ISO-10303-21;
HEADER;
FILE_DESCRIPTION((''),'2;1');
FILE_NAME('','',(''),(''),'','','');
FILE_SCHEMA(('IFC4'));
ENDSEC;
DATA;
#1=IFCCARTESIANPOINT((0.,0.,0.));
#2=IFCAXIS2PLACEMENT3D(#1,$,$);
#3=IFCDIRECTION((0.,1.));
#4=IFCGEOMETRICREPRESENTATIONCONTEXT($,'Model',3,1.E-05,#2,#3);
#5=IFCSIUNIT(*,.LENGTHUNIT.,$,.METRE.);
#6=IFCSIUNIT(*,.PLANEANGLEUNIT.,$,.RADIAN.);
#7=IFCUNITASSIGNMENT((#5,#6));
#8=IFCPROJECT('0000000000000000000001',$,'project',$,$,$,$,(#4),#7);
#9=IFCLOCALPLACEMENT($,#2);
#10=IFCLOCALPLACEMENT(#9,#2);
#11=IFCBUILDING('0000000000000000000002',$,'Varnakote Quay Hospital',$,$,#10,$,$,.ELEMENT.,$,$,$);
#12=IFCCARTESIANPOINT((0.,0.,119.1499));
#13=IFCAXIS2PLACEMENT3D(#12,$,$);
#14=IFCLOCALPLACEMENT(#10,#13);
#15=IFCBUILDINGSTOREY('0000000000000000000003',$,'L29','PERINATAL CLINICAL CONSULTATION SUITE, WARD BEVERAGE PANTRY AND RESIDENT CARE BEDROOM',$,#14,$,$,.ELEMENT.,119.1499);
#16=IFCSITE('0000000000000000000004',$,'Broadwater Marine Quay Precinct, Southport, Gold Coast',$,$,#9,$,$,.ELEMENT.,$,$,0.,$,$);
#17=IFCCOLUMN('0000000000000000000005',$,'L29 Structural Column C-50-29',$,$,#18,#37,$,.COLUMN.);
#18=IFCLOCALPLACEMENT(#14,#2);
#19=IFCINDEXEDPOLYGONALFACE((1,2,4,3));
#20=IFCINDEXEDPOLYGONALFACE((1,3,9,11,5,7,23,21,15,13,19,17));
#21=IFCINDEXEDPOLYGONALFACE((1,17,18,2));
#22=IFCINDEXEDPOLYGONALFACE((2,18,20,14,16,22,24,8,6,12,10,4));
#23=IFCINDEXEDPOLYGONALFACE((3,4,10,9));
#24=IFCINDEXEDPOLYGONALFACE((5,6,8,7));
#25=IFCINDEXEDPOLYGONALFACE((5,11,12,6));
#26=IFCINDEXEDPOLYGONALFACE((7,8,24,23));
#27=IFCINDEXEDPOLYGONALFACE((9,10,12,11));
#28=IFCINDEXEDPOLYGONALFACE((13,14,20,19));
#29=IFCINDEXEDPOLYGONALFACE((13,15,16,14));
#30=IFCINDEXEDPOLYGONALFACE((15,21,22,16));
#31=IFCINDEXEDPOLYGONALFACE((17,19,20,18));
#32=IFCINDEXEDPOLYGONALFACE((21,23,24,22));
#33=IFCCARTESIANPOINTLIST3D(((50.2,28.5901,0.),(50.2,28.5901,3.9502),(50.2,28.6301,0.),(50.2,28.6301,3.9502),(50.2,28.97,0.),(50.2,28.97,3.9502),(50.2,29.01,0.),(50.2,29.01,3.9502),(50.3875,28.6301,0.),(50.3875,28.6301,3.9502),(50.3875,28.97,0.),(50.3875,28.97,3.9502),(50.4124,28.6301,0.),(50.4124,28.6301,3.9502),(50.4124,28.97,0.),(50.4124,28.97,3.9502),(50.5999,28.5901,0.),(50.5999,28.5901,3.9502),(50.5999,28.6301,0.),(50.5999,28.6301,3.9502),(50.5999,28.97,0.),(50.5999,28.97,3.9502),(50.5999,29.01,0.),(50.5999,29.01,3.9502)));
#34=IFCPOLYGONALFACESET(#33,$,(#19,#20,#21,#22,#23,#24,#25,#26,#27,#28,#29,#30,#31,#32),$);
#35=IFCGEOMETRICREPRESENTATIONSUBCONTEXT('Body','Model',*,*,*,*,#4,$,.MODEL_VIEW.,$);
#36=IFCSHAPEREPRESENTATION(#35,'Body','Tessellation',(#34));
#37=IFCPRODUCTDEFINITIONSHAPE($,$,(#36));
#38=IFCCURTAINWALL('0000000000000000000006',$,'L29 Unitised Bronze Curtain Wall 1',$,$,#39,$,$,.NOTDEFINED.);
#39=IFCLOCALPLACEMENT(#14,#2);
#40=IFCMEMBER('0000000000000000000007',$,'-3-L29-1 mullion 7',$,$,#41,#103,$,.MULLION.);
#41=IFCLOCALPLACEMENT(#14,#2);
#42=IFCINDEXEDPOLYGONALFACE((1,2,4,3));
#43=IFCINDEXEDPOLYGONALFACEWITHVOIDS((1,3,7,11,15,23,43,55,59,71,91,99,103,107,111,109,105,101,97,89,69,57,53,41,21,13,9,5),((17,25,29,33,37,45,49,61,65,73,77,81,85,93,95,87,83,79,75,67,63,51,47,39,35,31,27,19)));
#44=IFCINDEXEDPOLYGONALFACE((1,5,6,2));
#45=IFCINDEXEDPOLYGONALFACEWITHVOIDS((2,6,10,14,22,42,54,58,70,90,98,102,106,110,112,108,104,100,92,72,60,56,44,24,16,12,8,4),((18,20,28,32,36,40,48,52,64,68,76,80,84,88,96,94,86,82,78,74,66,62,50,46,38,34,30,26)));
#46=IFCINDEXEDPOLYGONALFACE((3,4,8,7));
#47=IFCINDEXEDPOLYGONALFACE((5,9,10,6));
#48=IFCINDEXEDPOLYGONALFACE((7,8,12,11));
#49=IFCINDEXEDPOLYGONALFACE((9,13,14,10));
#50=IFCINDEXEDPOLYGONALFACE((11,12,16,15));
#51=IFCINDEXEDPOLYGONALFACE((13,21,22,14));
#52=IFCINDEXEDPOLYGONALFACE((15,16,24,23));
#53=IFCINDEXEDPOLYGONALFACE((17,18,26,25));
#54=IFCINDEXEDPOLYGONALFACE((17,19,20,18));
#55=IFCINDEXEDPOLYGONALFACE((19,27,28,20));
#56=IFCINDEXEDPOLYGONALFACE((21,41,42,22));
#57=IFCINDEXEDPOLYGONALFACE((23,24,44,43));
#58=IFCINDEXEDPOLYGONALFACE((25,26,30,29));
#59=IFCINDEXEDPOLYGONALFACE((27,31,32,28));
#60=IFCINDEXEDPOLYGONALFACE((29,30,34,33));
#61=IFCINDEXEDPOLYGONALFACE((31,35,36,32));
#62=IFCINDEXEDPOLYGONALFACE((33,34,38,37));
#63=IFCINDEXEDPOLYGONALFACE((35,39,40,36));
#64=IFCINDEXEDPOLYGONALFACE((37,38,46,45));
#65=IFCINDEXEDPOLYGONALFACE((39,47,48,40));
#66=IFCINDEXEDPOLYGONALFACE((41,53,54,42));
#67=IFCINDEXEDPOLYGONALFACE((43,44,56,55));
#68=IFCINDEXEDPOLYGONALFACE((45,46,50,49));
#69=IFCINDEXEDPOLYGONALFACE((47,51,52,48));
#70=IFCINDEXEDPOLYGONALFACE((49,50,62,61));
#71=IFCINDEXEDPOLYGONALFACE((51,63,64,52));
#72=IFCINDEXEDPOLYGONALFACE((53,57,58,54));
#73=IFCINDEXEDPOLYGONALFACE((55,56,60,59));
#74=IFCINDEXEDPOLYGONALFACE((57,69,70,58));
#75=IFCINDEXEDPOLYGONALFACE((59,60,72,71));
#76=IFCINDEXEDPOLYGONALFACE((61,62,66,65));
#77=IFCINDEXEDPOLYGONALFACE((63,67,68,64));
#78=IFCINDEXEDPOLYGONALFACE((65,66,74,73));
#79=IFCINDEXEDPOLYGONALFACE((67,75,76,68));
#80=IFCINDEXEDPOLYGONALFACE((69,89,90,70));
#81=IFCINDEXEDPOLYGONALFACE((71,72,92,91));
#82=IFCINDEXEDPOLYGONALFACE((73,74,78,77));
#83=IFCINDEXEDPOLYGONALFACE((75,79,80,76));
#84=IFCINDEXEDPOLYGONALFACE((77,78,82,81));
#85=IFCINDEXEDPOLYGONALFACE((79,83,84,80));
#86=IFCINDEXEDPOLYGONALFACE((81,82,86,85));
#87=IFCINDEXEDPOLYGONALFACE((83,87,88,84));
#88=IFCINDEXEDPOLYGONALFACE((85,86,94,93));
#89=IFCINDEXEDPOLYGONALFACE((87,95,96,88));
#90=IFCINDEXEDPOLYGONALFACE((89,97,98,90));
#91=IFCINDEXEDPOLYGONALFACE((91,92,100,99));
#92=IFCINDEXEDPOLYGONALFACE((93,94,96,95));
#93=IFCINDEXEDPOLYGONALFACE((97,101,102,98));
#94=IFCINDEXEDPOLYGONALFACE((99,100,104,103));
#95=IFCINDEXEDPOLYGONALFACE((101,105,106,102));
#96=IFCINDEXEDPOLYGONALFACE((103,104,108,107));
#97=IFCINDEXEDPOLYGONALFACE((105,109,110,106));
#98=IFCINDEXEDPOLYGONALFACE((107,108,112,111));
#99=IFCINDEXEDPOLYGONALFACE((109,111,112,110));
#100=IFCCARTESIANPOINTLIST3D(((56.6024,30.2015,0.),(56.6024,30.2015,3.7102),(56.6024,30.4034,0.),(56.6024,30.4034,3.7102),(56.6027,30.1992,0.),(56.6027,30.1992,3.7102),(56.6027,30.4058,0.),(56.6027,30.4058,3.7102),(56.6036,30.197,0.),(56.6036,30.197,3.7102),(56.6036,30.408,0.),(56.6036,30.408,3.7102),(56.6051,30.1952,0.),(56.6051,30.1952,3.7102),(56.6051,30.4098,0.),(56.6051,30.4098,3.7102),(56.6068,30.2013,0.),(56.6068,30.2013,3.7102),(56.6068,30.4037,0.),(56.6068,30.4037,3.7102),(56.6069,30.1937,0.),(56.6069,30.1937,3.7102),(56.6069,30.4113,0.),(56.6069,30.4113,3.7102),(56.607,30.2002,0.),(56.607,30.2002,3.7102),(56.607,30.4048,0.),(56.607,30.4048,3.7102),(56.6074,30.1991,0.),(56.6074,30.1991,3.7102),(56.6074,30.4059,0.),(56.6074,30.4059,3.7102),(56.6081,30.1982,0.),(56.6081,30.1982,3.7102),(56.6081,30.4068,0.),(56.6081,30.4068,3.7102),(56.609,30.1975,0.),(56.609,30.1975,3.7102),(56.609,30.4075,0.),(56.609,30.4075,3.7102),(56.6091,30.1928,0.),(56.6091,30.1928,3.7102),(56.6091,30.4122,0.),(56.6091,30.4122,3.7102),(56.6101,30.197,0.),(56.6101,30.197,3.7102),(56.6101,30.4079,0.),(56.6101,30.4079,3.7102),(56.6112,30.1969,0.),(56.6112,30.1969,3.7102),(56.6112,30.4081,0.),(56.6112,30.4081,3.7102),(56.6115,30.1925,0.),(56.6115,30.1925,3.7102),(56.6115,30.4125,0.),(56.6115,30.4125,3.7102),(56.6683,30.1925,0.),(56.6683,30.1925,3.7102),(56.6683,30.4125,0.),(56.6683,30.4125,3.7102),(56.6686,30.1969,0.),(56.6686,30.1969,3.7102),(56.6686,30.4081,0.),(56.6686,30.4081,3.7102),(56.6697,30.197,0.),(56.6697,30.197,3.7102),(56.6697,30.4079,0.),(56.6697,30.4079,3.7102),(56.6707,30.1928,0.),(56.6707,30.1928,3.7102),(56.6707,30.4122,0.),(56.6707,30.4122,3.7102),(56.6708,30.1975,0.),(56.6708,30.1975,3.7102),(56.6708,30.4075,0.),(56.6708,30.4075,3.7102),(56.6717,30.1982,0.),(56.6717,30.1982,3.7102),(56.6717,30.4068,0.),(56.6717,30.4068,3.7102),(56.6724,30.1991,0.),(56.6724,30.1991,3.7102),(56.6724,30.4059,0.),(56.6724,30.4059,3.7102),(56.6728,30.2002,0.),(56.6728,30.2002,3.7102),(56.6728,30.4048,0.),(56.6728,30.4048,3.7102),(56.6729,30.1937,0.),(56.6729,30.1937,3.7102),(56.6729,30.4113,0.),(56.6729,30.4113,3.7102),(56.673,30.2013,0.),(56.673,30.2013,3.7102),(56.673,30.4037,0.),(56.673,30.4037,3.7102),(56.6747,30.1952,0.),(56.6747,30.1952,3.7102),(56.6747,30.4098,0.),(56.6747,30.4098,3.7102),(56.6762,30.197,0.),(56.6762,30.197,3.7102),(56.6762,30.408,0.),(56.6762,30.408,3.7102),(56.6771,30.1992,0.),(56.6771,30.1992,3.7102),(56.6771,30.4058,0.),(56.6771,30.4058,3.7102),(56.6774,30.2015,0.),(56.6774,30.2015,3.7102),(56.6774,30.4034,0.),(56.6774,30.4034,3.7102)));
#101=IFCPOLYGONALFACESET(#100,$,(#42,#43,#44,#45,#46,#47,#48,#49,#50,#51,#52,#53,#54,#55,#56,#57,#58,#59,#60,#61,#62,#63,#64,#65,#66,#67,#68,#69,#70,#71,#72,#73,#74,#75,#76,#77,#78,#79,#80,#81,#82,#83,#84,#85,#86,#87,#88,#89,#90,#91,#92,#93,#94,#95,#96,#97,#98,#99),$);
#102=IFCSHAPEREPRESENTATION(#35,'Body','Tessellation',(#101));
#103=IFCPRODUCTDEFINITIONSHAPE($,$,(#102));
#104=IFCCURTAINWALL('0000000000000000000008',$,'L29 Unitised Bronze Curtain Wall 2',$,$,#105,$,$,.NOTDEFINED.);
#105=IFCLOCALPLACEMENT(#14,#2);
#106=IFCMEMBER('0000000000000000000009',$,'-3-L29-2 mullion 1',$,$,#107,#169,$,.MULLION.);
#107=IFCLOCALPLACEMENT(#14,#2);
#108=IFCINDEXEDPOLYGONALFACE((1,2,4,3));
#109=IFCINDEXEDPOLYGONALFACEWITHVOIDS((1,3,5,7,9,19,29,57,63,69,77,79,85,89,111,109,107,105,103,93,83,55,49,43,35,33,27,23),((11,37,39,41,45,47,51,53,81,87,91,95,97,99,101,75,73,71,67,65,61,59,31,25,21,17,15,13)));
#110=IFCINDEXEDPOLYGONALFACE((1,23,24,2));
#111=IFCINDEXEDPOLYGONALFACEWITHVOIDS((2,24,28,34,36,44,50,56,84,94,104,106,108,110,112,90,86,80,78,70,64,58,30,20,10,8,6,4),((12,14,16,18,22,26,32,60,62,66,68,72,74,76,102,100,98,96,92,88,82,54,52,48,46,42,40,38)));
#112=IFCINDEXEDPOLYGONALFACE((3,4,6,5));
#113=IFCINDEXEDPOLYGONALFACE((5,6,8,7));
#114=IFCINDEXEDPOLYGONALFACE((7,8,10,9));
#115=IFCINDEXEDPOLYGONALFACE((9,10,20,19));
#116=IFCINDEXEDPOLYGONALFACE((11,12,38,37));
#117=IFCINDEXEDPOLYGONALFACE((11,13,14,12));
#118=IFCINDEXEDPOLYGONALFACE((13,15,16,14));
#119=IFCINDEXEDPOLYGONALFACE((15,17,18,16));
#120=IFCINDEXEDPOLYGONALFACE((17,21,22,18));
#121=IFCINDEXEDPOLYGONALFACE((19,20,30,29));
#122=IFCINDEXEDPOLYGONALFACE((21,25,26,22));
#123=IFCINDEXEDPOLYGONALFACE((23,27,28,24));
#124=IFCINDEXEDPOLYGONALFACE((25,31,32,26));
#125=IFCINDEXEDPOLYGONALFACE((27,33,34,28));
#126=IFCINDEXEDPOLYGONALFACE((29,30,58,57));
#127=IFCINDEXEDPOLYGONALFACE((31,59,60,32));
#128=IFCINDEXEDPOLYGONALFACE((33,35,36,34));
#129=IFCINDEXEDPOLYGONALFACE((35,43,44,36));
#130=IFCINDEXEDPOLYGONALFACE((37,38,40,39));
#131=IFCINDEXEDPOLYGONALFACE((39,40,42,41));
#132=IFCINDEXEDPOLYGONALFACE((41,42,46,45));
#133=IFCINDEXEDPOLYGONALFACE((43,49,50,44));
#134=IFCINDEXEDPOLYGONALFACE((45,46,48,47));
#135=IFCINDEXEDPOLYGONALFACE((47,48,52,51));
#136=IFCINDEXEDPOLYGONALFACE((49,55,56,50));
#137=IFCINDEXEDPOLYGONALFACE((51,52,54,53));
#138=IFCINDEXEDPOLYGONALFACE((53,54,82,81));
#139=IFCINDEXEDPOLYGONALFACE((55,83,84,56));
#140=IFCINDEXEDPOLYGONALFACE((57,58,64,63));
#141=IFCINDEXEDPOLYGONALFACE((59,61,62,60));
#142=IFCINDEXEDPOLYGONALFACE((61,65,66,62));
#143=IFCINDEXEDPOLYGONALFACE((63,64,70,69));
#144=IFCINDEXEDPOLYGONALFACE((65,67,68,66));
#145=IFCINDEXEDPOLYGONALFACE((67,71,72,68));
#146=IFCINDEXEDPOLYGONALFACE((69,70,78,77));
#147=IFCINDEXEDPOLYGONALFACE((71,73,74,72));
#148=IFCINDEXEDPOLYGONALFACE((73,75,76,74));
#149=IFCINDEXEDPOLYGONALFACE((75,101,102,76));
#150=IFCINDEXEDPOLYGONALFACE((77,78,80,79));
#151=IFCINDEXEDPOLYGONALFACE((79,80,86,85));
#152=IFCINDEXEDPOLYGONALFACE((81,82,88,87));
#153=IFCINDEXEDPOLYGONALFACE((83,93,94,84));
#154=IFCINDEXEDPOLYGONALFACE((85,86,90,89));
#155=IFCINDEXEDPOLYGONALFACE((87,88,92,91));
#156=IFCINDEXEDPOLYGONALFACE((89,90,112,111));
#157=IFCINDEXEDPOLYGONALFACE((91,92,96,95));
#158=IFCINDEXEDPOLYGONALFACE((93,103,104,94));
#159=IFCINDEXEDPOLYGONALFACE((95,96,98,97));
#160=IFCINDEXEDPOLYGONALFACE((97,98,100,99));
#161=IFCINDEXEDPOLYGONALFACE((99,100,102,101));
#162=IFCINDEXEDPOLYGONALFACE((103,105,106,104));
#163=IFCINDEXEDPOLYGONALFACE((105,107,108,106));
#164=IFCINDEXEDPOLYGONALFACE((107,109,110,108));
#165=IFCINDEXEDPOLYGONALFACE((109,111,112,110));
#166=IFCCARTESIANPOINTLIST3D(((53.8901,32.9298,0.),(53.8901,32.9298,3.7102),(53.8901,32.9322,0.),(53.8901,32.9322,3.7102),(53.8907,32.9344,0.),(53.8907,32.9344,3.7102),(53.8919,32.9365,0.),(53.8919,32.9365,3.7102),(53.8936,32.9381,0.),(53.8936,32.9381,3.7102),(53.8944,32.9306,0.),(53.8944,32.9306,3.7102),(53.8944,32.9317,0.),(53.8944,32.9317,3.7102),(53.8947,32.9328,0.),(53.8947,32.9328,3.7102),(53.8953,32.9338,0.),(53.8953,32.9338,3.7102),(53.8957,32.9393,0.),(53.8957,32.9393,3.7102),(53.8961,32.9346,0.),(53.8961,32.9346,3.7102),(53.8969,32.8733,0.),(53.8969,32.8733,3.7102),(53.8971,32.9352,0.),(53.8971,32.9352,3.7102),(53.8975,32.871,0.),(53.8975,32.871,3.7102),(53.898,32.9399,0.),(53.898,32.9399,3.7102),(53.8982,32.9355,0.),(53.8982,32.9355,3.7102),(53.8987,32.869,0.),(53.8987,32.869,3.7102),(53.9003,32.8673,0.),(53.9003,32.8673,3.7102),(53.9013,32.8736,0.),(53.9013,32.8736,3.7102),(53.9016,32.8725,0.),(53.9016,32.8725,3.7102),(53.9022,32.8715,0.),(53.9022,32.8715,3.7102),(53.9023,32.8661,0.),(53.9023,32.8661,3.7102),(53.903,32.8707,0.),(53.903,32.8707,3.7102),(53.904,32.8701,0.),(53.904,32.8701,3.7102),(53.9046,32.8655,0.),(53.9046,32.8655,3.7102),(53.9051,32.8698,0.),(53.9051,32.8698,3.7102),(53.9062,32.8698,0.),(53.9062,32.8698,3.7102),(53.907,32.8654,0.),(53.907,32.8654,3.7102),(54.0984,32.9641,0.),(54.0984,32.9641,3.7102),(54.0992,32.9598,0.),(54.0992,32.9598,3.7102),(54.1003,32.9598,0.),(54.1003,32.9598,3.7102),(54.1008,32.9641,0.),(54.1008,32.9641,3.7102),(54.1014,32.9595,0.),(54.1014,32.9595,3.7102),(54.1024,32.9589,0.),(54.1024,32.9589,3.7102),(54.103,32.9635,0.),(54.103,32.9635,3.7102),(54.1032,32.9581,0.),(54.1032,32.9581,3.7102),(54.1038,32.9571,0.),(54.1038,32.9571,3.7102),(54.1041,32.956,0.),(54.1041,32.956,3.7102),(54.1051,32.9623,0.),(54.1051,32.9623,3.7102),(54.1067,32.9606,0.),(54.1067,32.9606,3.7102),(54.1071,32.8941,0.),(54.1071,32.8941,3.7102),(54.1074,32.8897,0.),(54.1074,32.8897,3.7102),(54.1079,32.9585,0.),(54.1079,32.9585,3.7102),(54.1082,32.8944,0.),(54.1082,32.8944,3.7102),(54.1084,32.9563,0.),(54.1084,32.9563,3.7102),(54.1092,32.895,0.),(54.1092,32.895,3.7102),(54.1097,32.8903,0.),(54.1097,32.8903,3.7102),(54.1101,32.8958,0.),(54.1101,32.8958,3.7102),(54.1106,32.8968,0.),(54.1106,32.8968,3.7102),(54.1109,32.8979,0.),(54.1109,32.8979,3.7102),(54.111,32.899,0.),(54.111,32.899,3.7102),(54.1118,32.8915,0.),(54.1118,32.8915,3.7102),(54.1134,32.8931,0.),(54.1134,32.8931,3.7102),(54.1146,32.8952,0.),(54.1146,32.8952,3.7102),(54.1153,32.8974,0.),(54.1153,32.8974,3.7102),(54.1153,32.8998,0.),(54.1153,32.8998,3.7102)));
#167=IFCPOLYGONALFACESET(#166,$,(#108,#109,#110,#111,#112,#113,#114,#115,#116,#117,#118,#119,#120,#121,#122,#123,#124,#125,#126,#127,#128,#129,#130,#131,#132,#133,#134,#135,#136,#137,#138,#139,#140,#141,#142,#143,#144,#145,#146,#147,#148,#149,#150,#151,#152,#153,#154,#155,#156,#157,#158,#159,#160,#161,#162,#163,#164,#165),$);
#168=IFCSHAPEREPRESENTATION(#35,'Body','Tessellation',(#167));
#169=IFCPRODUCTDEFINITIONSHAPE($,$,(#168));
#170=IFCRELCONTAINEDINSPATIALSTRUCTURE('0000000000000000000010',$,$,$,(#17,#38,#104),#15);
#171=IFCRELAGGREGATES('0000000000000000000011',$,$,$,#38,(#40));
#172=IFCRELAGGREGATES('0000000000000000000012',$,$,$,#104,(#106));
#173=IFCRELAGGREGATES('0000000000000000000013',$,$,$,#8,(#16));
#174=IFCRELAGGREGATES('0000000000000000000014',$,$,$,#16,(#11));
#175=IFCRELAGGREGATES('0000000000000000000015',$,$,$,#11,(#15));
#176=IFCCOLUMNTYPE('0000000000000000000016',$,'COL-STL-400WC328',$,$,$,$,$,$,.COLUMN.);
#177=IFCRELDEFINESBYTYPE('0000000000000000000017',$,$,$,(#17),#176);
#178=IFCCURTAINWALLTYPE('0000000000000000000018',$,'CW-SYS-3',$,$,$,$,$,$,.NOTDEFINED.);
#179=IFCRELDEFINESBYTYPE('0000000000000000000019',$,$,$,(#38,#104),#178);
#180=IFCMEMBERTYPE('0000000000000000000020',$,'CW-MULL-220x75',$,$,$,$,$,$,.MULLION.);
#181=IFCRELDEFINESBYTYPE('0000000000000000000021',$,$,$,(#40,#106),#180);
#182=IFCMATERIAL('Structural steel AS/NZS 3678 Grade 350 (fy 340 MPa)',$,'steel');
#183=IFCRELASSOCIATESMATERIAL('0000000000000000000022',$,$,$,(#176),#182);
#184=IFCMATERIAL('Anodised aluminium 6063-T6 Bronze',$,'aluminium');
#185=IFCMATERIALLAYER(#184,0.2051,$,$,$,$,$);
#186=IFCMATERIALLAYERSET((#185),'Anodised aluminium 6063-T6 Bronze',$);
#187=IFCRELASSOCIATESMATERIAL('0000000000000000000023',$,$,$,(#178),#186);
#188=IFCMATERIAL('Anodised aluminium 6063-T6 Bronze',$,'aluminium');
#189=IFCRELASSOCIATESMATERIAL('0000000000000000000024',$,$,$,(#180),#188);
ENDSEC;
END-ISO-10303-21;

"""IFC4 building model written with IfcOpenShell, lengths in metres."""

from ifc_helpers import new_model, si_unit, direction, frame, origin, origin_2d, place, context, subcontext, project, spatial, hollow_rectangle, i_section, extrude, material, layer, layer_set, material_profile, profile_set, type_object, element, aggregate, save


model = new_model("IFC4")

# Units and contexts
model_context = context("Model", 3, precision=1e-05, world=origin(), true_north=direction((0.0, 1.0)))
body_context = subcontext(model_context, "Body", "Model", "MODEL_VIEW")
ifc_project = project(units=[si_unit("LENGTHUNIT", "METRE"), si_unit("PLANEANGLEUNIT", "RADIAN")], contexts=[model_context])

# Site, building, storey
site_placement = place(None, origin())
site = spatial("IfcSite", under=ifc_project, at=site_placement, Name="Broadwater Marine Quay Precinct, Southport, Gold Coast", CompositionType="ELEMENT", RefElevation=0.0)
building_placement = place(site_placement, origin())
building = spatial("IfcBuilding", under=site, at=building_placement, Name="Varnakote Quay Hospital", CompositionType="ELEMENT")
storey_placement = place(building_placement, frame((0.0, 0.0, 119.1499)))
storey = spatial("IfcBuildingStorey", under=building, at=storey_placement, Name="L29", Description="PERINATAL CLINICAL CONSULTATION SUITE, WARD BEVERAGE PANTRY AND RESIDENT CARE BEDROOM", CompositionType="ELEMENT", Elevation=119.1499)

# Column
ifc_material_1 = material(Name="Structural steel AS/NZS 3678 Grade 350 (fy 340 MPa)", Category="steel")
ifc_material_profile_1 = material_profile(ifc_material_1, i_section(OverallWidth=0.3999, OverallDepth=0.4199, WebThickness=0.0249, FlangeThickness=0.04, at=origin_2d()), Name="400WC328")
ifc_profile_set_1 = profile_set([ifc_material_profile_1], Name="Structural steel AS/NZS 3678 Grade 350 (fy 340 MPa)")
column_type = type_object("IfcColumnType", Name="COL-STL-400WC328", PredefinedType="COLUMN", material=ifc_profile_set_1)
column_placement = place(storey_placement, frame((50.3999, 28.8, 0.0), z_axis=(0.0, 0.0, 1.0), x_axis=(1.0, 0.0, 0.0)))
element("IfcColumn", 1, at=column_placement, inside=storey, type_object=column_type, Name="L29 Structural Column C-50-29", PredefinedType="COLUMN", context=body_context, shape_type="SweptSolid", body=[
    extrude(i_section(OverallWidth=0.3999, OverallDepth=0.4199, WebThickness=0.0249, FlangeThickness=0.04, at=origin_2d()), origin(), (0.0, 0.0, 1.0), 3.9502),
])

# Curtain wall, member
ifc_material_2 = material(Name="Anodised aluminium 6063-T6 Bronze", Category="aluminium")
ifc_layer_1 = layer(ifc_material_2, 0.2051)
ifc_layer_set_1 = layer_set([ifc_layer_1], Name="Anodised aluminium 6063-T6 Bronze")
curtain_wall_type = type_object("IfcCurtainWallType", Name="CW-SYS-3", PredefinedType="NOTDEFINED", material=ifc_layer_set_1)
curtain_wall_1_placement = place(storey_placement, origin())
curtain_wall_1 = element("IfcCurtainWall", 2, at=curtain_wall_1_placement, inside=storey, type_object=curtain_wall_type, Name="L29 Unitised Bronze Curtain Wall 1", PredefinedType="NOTDEFINED")
ifc_material_3 = material(Name="Anodised aluminium 6063-T6 Bronze", Category="aluminium")
ifc_material_profile_2 = material_profile(ifc_material_3, hollow_rectangle(XDim=0.075, YDim=0.22, WallThickness=0.0044, InnerFilletRadius=0.0044, OuterFilletRadius=0.009, at=origin_2d()), Name="CW-MULL-220x75")
ifc_profile_set_2 = profile_set([ifc_material_profile_2], Name="Anodised aluminium 6063-T6 Bronze")
member_type_1 = type_object("IfcMemberType", Name="CW-MULL-220x75", PredefinedType="MULLION", material=ifc_profile_set_2)
member_1_placement = place(storey_placement, frame((56.6399, 30.3025, 0.0), z_axis=(0.0, 0.0, 1.0), x_axis=(-1.0, 0.0, 0.0)))
member_1 = element("IfcMember", 3, at=member_1_placement, type_object=member_type_1, Name="-3-L29-1 mullion 7", PredefinedType="MULLION", context=body_context, shape_type="SweptSolid", body=[
    extrude(hollow_rectangle(XDim=0.075, YDim=0.22, WallThickness=0.0044, InnerFilletRadius=0.0044, OuterFilletRadius=0.009, at=origin_2d()), origin(), (0.0, 0.0, 1.0), 3.7102),
])

# Curtain wall, member
curtain_wall_2_placement = place(storey_placement, origin())
curtain_wall_2 = element("IfcCurtainWall", 4, at=curtain_wall_2_placement, inside=storey, type_object=curtain_wall_type, Name="L29 Unitised Bronze Curtain Wall 2", PredefinedType="NOTDEFINED")
member_2_placement = place(storey_placement, frame((54.0027, 32.9148, 0.0), z_axis=(0.0, 0.0, 1.0), x_axis=(0.120327, -0.992734, 0.0)))
member_2 = element("IfcMember", 5, at=member_2_placement, type_object=member_type_1, Name="-3-L29-2 mullion 1", PredefinedType="MULLION", context=body_context, shape_type="SweptSolid", body=[
    extrude(hollow_rectangle(XDim=0.075, YDim=0.22, WallThickness=0.0044, InnerFilletRadius=0.0044, OuterFilletRadius=0.009, at=origin_2d()), origin(), (0.0, 0.0, 1.0), 3.7102),
])

aggregate(curtain_wall_1, [member_1])
aggregate(curtain_wall_2, [member_2])

save(model, "model.ifc")
